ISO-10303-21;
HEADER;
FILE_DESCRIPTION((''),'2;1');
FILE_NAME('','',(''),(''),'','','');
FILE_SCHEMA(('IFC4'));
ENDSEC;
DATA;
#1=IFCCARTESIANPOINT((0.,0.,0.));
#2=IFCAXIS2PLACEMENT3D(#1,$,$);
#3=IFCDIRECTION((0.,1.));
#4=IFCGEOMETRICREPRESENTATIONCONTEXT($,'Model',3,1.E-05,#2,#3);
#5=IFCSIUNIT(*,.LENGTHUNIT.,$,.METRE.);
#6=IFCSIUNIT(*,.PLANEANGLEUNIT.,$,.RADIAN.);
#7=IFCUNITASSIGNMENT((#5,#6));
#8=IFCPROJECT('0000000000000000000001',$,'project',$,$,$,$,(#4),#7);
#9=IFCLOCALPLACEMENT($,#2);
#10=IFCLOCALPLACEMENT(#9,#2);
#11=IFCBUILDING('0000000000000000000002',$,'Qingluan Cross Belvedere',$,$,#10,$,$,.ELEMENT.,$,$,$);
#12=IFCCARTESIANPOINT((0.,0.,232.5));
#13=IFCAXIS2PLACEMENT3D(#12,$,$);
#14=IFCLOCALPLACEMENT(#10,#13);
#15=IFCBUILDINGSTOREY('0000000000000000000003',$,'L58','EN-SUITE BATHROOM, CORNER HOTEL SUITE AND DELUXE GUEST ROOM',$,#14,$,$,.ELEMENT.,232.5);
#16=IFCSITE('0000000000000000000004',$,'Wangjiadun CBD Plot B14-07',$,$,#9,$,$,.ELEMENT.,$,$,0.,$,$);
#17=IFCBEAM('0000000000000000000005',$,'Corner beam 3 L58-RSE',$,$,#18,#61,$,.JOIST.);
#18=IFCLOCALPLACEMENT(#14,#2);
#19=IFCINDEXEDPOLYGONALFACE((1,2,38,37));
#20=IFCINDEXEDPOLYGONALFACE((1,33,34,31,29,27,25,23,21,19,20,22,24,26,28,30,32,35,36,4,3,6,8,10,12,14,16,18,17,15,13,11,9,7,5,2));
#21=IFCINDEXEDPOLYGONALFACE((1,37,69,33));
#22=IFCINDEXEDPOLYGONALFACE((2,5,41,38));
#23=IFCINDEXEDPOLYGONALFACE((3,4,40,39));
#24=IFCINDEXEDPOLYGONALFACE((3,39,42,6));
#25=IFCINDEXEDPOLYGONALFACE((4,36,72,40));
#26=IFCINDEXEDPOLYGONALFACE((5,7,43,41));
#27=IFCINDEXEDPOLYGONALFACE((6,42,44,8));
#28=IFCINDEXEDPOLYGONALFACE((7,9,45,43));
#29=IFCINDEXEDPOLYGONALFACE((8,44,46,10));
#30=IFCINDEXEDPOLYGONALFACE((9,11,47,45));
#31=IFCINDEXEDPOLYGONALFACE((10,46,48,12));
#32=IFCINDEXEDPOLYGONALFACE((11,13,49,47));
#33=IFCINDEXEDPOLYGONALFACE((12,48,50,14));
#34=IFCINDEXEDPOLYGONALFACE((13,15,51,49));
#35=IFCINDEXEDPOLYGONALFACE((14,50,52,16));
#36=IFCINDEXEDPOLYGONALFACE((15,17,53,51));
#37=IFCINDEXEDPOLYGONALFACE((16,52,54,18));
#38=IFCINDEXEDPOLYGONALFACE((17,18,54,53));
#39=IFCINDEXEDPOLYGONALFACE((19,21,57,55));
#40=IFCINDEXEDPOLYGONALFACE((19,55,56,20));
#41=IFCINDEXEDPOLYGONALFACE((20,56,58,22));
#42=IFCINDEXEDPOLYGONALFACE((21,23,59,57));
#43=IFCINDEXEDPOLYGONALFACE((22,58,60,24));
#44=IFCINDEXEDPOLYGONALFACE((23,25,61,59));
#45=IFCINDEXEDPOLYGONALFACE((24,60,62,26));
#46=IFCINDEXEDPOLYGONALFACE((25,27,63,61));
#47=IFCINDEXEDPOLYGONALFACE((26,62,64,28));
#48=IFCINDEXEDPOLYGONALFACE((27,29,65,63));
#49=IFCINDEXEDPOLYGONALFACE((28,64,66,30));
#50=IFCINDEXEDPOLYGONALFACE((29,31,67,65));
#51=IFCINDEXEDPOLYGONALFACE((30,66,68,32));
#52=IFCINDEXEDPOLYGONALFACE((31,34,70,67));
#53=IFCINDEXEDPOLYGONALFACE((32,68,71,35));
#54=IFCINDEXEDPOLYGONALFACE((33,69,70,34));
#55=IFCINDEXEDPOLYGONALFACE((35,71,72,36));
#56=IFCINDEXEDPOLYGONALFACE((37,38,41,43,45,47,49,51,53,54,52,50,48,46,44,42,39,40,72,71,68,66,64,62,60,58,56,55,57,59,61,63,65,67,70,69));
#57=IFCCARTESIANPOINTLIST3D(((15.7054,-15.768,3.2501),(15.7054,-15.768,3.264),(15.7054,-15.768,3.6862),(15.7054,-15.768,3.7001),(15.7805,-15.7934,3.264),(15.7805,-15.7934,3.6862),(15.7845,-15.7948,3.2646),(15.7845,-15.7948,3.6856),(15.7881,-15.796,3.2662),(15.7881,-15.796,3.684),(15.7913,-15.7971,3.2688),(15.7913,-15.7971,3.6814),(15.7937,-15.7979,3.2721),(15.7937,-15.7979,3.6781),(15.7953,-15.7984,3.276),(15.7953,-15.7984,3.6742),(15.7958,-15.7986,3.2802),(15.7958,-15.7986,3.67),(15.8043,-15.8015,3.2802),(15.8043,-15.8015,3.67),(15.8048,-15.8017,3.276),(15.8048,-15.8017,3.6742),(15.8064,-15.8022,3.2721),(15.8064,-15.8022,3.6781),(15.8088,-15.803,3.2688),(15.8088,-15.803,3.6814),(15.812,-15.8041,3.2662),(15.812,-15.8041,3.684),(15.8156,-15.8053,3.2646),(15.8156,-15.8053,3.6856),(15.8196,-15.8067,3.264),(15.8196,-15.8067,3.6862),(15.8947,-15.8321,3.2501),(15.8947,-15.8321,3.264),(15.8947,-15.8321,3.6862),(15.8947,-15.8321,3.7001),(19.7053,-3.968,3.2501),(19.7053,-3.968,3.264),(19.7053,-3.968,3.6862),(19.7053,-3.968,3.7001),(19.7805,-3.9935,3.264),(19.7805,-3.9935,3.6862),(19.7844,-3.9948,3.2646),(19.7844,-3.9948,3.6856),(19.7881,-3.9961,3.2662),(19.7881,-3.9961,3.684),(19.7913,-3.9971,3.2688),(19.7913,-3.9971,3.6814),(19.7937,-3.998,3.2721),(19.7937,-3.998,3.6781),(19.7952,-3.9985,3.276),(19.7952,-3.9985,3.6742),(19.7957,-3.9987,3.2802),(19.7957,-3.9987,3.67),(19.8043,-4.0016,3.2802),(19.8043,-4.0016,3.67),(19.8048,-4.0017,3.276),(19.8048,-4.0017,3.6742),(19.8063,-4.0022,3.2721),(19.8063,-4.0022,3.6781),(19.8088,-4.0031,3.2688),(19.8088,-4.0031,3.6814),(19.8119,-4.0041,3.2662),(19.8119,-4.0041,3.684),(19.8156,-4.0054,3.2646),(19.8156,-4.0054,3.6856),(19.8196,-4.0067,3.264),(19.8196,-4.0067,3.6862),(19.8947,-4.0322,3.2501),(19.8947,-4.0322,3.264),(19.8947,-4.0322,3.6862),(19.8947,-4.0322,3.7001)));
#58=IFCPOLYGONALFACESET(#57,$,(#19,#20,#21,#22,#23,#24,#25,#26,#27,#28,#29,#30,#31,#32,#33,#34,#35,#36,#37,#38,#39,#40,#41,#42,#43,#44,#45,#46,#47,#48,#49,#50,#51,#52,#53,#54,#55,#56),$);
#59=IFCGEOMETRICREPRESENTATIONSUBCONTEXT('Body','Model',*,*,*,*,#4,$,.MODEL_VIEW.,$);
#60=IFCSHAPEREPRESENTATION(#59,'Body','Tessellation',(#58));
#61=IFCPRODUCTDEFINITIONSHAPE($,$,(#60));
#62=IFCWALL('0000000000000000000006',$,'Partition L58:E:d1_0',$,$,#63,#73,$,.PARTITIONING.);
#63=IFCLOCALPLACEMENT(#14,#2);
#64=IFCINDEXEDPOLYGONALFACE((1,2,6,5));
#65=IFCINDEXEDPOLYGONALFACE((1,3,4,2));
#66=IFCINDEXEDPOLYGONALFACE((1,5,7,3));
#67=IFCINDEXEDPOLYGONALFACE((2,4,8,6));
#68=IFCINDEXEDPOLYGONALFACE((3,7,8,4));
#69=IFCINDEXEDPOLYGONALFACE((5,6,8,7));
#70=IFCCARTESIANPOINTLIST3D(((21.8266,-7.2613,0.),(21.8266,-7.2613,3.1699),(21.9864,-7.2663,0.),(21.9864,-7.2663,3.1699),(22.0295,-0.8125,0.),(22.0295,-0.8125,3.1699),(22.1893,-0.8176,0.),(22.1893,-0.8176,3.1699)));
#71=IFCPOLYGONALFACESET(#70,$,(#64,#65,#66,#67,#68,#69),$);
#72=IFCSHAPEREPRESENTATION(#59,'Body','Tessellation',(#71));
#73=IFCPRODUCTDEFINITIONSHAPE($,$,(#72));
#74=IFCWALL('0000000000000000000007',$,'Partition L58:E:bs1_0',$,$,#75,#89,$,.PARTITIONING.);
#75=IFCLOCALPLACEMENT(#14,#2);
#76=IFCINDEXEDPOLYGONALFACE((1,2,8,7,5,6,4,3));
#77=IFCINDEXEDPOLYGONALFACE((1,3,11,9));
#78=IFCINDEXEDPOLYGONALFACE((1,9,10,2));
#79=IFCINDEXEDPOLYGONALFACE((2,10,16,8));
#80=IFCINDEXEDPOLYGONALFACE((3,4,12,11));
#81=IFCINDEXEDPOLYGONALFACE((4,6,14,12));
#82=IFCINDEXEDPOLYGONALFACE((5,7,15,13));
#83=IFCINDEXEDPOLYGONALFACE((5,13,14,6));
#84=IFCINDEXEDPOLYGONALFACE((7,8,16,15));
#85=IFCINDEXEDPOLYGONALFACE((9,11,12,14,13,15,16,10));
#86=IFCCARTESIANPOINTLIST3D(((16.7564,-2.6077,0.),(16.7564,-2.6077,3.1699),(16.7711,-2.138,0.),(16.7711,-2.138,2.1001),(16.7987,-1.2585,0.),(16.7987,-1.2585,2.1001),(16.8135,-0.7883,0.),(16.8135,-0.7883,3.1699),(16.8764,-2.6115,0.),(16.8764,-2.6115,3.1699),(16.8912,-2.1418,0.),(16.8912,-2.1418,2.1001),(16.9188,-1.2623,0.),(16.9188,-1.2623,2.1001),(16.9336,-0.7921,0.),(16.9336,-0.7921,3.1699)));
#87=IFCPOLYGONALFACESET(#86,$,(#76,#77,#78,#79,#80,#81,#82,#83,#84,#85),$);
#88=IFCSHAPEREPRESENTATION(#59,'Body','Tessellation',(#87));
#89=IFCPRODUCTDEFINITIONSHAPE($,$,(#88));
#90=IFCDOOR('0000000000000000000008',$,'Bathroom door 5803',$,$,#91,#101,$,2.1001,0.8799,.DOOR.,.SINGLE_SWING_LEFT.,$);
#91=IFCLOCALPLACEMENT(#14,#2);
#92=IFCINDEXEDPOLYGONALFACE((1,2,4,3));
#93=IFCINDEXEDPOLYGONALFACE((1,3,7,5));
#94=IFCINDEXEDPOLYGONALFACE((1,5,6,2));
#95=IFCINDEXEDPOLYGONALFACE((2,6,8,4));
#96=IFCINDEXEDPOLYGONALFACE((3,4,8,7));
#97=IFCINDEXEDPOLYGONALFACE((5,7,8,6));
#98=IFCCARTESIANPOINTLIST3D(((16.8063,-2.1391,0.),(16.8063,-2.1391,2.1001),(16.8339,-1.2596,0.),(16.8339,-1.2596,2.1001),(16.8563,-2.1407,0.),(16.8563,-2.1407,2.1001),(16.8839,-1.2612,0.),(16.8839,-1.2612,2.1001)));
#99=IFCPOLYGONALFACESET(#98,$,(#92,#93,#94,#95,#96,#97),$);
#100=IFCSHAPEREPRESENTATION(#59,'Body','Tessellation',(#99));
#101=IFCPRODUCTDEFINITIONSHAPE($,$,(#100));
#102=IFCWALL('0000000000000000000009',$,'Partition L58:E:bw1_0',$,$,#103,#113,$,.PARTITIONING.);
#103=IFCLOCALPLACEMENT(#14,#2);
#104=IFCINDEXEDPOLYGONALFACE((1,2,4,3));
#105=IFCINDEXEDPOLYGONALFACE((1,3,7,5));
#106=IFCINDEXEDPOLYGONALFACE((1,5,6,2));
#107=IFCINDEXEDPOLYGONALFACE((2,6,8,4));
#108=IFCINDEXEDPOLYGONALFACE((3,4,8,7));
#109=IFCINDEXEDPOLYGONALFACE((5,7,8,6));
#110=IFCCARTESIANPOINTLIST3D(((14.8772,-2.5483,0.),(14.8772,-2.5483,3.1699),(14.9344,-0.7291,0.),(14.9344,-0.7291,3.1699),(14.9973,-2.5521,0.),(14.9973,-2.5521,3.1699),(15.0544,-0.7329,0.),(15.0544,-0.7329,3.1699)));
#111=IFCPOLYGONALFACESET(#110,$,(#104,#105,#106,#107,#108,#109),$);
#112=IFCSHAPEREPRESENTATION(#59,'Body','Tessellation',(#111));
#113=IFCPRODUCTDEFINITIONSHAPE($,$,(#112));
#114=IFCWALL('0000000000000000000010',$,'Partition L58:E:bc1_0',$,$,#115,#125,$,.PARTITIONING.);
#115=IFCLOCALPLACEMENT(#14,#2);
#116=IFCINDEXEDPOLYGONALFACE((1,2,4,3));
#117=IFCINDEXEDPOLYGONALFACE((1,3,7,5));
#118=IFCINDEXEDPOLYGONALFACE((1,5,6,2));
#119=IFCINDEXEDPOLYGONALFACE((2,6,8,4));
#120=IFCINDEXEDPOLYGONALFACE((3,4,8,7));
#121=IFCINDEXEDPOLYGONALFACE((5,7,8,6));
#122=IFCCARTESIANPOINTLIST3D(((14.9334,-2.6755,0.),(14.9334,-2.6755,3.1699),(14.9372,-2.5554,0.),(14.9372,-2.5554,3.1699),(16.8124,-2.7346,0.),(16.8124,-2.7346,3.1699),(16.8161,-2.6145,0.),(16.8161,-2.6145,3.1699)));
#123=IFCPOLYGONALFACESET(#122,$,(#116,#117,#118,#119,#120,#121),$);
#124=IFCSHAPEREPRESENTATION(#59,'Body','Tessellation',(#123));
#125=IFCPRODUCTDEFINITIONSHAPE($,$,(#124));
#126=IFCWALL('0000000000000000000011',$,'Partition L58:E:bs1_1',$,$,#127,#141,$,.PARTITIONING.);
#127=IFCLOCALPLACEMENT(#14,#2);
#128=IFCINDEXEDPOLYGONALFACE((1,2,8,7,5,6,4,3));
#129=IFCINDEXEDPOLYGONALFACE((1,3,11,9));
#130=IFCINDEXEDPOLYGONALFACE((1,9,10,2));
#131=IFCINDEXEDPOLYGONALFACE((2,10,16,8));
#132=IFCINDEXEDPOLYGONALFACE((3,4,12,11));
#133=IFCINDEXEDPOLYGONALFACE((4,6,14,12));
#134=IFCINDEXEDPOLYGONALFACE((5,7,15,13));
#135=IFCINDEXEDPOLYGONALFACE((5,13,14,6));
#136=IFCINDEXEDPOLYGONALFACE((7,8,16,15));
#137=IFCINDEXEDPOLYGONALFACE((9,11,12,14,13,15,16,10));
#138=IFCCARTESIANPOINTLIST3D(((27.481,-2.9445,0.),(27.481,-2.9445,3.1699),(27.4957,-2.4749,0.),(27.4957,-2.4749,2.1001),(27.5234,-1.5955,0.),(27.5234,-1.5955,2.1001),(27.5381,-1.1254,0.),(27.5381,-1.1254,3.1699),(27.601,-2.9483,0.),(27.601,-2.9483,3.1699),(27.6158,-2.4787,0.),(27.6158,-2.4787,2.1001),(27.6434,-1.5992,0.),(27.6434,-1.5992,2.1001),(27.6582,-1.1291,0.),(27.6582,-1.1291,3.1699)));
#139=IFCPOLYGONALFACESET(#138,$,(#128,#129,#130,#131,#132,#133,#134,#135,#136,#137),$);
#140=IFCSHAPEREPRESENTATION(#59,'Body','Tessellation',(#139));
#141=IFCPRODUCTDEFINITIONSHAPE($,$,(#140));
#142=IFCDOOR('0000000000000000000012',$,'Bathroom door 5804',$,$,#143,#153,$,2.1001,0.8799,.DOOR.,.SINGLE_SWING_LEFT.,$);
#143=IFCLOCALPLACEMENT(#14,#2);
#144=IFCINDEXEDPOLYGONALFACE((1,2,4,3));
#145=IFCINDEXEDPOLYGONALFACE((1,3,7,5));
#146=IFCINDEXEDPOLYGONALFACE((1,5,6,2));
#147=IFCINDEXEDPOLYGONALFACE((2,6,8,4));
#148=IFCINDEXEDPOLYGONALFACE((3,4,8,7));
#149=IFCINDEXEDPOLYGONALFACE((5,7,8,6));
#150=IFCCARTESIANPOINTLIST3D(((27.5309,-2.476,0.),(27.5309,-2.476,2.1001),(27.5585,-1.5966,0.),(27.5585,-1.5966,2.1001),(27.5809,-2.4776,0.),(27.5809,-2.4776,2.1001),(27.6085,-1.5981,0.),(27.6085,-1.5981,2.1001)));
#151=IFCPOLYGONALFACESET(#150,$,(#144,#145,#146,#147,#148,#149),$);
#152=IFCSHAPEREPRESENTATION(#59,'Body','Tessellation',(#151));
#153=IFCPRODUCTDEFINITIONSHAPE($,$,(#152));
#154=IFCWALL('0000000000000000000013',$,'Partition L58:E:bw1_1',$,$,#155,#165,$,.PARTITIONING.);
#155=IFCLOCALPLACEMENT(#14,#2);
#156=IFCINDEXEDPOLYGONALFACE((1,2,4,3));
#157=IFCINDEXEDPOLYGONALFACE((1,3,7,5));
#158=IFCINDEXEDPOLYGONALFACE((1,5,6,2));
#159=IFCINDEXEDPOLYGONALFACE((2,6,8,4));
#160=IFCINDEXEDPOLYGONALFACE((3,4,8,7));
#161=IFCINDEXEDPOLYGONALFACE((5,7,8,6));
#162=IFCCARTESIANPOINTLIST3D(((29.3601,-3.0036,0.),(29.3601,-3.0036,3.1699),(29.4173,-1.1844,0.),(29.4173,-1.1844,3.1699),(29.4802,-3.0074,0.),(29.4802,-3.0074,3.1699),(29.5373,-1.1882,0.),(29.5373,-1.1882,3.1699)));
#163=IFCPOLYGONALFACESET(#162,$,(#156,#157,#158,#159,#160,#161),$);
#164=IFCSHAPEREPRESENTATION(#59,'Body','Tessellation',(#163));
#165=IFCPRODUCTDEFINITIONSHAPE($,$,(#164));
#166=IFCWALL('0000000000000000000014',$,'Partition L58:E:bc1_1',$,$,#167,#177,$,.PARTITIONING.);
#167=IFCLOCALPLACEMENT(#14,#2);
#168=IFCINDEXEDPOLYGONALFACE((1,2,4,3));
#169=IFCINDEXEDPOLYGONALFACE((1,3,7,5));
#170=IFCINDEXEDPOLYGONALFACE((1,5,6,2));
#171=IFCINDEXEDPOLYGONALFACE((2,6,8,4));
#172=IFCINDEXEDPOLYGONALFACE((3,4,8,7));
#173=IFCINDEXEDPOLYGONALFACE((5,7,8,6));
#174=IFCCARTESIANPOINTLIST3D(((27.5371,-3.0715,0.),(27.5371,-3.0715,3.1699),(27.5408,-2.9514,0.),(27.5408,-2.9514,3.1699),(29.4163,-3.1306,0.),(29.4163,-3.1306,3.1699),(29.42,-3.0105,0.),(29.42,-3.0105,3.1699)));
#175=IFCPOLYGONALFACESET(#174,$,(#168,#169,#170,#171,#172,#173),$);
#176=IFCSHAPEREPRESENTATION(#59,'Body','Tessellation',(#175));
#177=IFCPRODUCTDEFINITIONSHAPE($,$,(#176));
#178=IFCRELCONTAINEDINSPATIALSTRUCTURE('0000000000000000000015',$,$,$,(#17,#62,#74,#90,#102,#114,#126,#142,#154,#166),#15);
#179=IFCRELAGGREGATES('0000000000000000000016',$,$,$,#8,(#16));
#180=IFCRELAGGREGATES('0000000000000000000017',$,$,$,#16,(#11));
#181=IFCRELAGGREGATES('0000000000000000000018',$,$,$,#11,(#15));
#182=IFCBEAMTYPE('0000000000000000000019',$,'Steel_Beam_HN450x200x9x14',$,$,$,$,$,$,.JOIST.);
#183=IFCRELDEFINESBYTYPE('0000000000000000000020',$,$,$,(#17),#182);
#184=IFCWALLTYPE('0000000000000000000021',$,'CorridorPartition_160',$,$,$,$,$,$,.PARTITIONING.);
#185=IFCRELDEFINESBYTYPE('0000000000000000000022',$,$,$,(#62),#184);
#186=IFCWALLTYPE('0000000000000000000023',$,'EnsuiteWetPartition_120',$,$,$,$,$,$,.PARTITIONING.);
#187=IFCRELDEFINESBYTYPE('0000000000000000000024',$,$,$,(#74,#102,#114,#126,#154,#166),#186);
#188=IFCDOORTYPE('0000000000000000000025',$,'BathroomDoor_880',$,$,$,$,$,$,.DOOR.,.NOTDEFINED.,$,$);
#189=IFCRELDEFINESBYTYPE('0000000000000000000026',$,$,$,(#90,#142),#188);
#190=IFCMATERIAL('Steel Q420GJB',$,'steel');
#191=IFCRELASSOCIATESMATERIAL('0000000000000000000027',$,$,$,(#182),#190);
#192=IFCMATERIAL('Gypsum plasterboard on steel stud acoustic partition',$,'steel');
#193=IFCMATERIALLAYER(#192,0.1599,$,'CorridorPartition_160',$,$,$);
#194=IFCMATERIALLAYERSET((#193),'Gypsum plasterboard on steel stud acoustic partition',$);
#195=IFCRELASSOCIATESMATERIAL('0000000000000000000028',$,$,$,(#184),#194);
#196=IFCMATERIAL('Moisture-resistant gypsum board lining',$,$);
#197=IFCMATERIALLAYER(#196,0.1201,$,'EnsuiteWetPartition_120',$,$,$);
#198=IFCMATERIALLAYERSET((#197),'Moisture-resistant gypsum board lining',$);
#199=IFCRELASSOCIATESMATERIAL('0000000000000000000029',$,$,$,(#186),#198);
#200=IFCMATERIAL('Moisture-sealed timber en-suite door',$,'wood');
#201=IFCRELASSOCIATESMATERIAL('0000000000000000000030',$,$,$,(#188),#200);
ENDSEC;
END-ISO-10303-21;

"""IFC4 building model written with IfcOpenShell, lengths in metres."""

from ifc_helpers import new_model, si_unit, direction, frame, frame_2d, origin, origin_2d, place, context, subcontext, project, spatial, rectangle, i_section, extrude, material, layer, layer_set, material_profile, profile_set, type_object, element, fill, save


model = new_model("IFC4")

# Units and contexts
model_context = context("Model", 3, precision=1e-05, world=origin(), true_north=direction((0.0, 1.0)))
body_context = subcontext(model_context, "Body", "Model", "MODEL_VIEW")
ifc_project = project(units=[si_unit("LENGTHUNIT", "METRE"), si_unit("PLANEANGLEUNIT", "RADIAN")], contexts=[model_context])

# Site, building, storey
site_placement = place(None, origin())
site = spatial("IfcSite", under=ifc_project, at=site_placement, Name="Wangjiadun CBD Plot B14-07", CompositionType="ELEMENT", RefElevation=0.0)
building_placement = place(site_placement, origin())
building = spatial("IfcBuilding", under=site, at=building_placement, Name="Qingluan Cross Belvedere", CompositionType="ELEMENT")
storey_placement = place(building_placement, frame((0.0, 0.0, 232.5)))
storey = spatial("IfcBuildingStorey", under=building, at=storey_placement, Name="L58", Description="EN-SUITE BATHROOM, CORNER HOTEL SUITE AND DELUXE GUEST ROOM", CompositionType="ELEMENT", Elevation=232.5)

# Beam
ifc_material_1 = material(Name="Steel Q420GJB", Category="steel")
ifc_material_profile_1 = material_profile(ifc_material_1, i_section(OverallWidth=0.2, OverallDepth=0.45, WebThickness=0.009, FlangeThickness=0.0139, FilletRadius=0.0161, at=origin_2d()), Name="HN450x200x9x14")
ifc_profile_set_1 = profile_set([ifc_material_profile_1], Name="Steel Q420GJB")
beam_type_1 = type_object("IfcBeamType", Name="Steel_Beam_HN450x200x9x14", PredefinedType="JOIST", material=ifc_profile_set_1)
for number, where, z_axis, x_axis, name in (
    (1, (15.8, -15.8, 3.4751), (0.321038, 0.947066, 0.0), (-0.947066, 0.321038, 0.0), "Corner beam 3 L58-RSE"),
):
    element("IfcBeam", number, at=place(storey_placement, frame(where, z_axis=z_axis, x_axis=x_axis)), inside=storey, type_object=beam_type_1, Name=name, PredefinedType="JOIST", context=body_context, shape_type="SweptSolid", body=[
        extrude(i_section(OverallWidth=0.2, OverallDepth=0.45, WebThickness=0.009, FlangeThickness=0.0139, FilletRadius=0.0161, at=origin_2d()), origin(), (0.0, 0.0, 1.0), 12.4595),
    ])

# Wall
ifc_material_2 = material(Name="Gypsum plasterboard on steel stud acoustic partition", Category="steel")
ifc_layer_1 = layer(ifc_material_2, 0.1599, Name="CorridorPartition_160")
ifc_layer_set_1 = layer_set([ifc_layer_1], Name="Gypsum plasterboard on steel stud acoustic partition")
wall_type_1 = type_object("IfcWallType", Name="CorridorPartition_160", PredefinedType="PARTITIONING", material=ifc_layer_set_1)
wall_1_placement = place(storey_placement, frame((22.1094, -0.8149, 0.0), z_axis=(0.0, 0.0, 1.0), x_axis=(-0.031445, -0.999505, 0.0)))
element("IfcWall", 2, at=wall_1_placement, inside=storey, type_object=wall_type_1, Name="Partition L58:E:d1_0", PredefinedType="PARTITIONING", context=body_context, shape_type="SweptSolid", body=[
    extrude(rectangle(XDim=6.4519, YDim=0.1599, at=frame_2d((3.2261, 0.0))), origin(), (0.0, 0.0, 1.0), 3.1699),
])

# Wall, opening, door
ifc_material_3 = material(Name="Moisture-resistant gypsum board lining")
ifc_layer_2 = layer(ifc_material_3, 0.1201, Name="EnsuiteWetPartition_120")
ifc_layer_set_2 = layer_set([ifc_layer_2], Name="Moisture-resistant gypsum board lining")
wall_type_2 = type_object("IfcWallType", Name="EnsuiteWetPartition_120", PredefinedType="PARTITIONING", material=ifc_layer_set_2)
wall_2_placement = place(storey_placement, frame((16.8164, -2.6096, 0.0), z_axis=(0.0, 0.0, 1.0), x_axis=(0.031385, 0.999507, 0.0)))
wall_2 = element("IfcWall", 3, at=wall_2_placement, inside=storey, type_object=wall_type_2, Name="Partition L58:E:bs1_0", PredefinedType="PARTITIONING", context=body_context, shape_type="SweptSolid", body=[
    extrude(rectangle(XDim=1.8203, YDim=0.1201, at=frame_2d((0.9102, 0.0))), origin(), (0.0, 0.0, 1.0), 3.1699),
])
opening_1_placement = place(wall_2_placement, frame((0.47, 0.0, 0.0)))
opening_1 = element("IfcOpeningElement", 4, at=opening_1_placement, cuts=wall_2, PredefinedType="OPENING", context=body_context, shape_type="SweptSolid", body=[
    extrude(rectangle(XDim=0.8799, YDim=2.1001, at=frame_2d((0.4399, 1.05))), frame((0.0, 0.0701, 0.0), z_axis=(0.0, -1.0, 0.0), x_axis=(1.0, 0.0, 0.0)), (0.0, 0.0, 1.0), 0.1401),
])
ifc_material_4 = material(Name="Moisture-sealed timber en-suite door", Category="wood")
door_type = type_object("IfcDoorType", Name="BathroomDoor_880", OperationType="NOTDEFINED", PredefinedType="DOOR", material=ifc_material_4)
door_1_placement = place(opening_1_placement, origin())
door_1 = element("IfcDoor", 5, at=door_1_placement, inside=storey, type_object=door_type, Name="Bathroom door 5803", OperationType="SINGLE_SWING_LEFT", OverallHeight=2.1001, OverallWidth=0.8799, PredefinedType="DOOR", context=body_context, shape_type="SweptSolid", body=[
    extrude(rectangle(XDim=0.8799, YDim=2.1001, at=frame_2d((0.4399, 1.05))), frame((0.0, 0.0249, 0.0), z_axis=(0.0, -1.0, 0.0), x_axis=(1.0, 0.0, 0.0)), (0.0, 0.0, 1.0), 0.05),
])
fill(opening_1, door_1)

# Walls
wall_3_placement = place(storey_placement, frame((14.9373, -2.5503, 0.0), z_axis=(0.0, 0.0, 1.0), x_axis=(0.03139, 0.999507, 0.0)))
element("IfcWall", 6, at=wall_3_placement, inside=storey, type_object=wall_type_2, Name="Partition L58:E:bw1_0", PredefinedType="PARTITIONING", context=body_context, shape_type="SweptSolid", body=[
    extrude(rectangle(XDim=1.8201, YDim=0.1201, at=frame_2d((0.9102, 0.0))), origin(), (0.0, 0.0, 1.0), 3.1699),
])
wall_4_placement = place(storey_placement, frame((14.9353, -2.6155, 0.0), z_axis=(0.0, 0.0, 1.0), x_axis=(0.999506, -0.031429, 0.0)))
element("IfcWall", 7, at=wall_4_placement, inside=storey, type_object=wall_type_2, Name="Partition L58:E:bc1_0", PredefinedType="PARTITIONING", context=body_context, shape_type="SweptSolid", body=[
    extrude(rectangle(XDim=1.8799, YDim=0.1201, at=frame_2d((0.9399, 0.0))), origin(), (0.0, 0.0, 1.0), 3.1699),
])

# Wall, opening, door
wall_5_placement = place(storey_placement, frame((27.541, -2.9465, 0.0), z_axis=(0.0, 0.0, 1.0), x_axis=(0.03139, 0.999507, 0.0)))
wall_5 = element("IfcWall", 8, at=wall_5_placement, inside=storey, type_object=wall_type_2, Name="Partition L58:E:bs1_1", PredefinedType="PARTITIONING", context=body_context, shape_type="SweptSolid", body=[
    extrude(rectangle(XDim=1.8201, YDim=0.1201, at=frame_2d((0.9102, 0.0))), origin(), (0.0, 0.0, 1.0), 3.1699),
])
opening_2_placement = place(wall_5_placement, frame((0.47, 0.0, 0.0)))
opening_2 = element("IfcOpeningElement", 9, at=opening_2_placement, cuts=wall_5, PredefinedType="OPENING", context=body_context, shape_type="SweptSolid", body=[
    extrude(rectangle(XDim=0.8799, YDim=2.1001, at=frame_2d((0.4399, 1.05))), frame((0.0, 0.0701, 0.0), z_axis=(0.0, -1.0, 0.0), x_axis=(1.0, 0.0, 0.0)), (0.0, 0.0, 1.0), 0.1401),
])
door_2_placement = place(opening_2_placement, origin())
door_2 = element("IfcDoor", 10, at=door_2_placement, inside=storey, type_object=door_type, Name="Bathroom door 5804", OperationType="SINGLE_SWING_LEFT", OverallHeight=2.1001, OverallWidth=0.8799, PredefinedType="DOOR", context=body_context, shape_type="SweptSolid", body=[
    extrude(rectangle(XDim=0.8799, YDim=2.1001, at=frame_2d((0.4399, 1.05))), frame((0.0, 0.0249, 0.0), z_axis=(0.0, -1.0, 0.0), x_axis=(1.0, 0.0, 0.0)), (0.0, 0.0, 1.0), 0.05),
])
fill(opening_2, door_2)

# Walls
wall_6_placement = place(storey_placement, frame((29.4202, -3.0056, 0.0), z_axis=(0.0, 0.0, 1.0), x_axis=(0.03139, 0.999507, 0.0)))
element("IfcWall", 11, at=wall_6_placement, inside=storey, type_object=wall_type_2, Name="Partition L58:E:bw1_1", PredefinedType="PARTITIONING", context=body_context, shape_type="SweptSolid", body=[
    extrude(rectangle(XDim=1.8201, YDim=0.1201, at=frame_2d((0.9102, 0.0))), origin(), (0.0, 0.0, 1.0), 3.1699),
])
wall_7_placement = place(storey_placement, frame((27.5391, -3.0115, 0.0), z_axis=(0.0, 0.0, 1.0), x_axis=(0.999506, -0.031425, 0.0)))
element("IfcWall", 12, at=wall_7_placement, inside=storey, type_object=wall_type_2, Name="Partition L58:E:bc1_1", PredefinedType="PARTITIONING", context=body_context, shape_type="SweptSolid", body=[
    extrude(rectangle(XDim=1.8801, YDim=0.1201, at=frame_2d((0.9399, 0.0))), origin(), (0.0, 0.0, 1.0), 3.1699),
])

save(model, "model.ifc")
